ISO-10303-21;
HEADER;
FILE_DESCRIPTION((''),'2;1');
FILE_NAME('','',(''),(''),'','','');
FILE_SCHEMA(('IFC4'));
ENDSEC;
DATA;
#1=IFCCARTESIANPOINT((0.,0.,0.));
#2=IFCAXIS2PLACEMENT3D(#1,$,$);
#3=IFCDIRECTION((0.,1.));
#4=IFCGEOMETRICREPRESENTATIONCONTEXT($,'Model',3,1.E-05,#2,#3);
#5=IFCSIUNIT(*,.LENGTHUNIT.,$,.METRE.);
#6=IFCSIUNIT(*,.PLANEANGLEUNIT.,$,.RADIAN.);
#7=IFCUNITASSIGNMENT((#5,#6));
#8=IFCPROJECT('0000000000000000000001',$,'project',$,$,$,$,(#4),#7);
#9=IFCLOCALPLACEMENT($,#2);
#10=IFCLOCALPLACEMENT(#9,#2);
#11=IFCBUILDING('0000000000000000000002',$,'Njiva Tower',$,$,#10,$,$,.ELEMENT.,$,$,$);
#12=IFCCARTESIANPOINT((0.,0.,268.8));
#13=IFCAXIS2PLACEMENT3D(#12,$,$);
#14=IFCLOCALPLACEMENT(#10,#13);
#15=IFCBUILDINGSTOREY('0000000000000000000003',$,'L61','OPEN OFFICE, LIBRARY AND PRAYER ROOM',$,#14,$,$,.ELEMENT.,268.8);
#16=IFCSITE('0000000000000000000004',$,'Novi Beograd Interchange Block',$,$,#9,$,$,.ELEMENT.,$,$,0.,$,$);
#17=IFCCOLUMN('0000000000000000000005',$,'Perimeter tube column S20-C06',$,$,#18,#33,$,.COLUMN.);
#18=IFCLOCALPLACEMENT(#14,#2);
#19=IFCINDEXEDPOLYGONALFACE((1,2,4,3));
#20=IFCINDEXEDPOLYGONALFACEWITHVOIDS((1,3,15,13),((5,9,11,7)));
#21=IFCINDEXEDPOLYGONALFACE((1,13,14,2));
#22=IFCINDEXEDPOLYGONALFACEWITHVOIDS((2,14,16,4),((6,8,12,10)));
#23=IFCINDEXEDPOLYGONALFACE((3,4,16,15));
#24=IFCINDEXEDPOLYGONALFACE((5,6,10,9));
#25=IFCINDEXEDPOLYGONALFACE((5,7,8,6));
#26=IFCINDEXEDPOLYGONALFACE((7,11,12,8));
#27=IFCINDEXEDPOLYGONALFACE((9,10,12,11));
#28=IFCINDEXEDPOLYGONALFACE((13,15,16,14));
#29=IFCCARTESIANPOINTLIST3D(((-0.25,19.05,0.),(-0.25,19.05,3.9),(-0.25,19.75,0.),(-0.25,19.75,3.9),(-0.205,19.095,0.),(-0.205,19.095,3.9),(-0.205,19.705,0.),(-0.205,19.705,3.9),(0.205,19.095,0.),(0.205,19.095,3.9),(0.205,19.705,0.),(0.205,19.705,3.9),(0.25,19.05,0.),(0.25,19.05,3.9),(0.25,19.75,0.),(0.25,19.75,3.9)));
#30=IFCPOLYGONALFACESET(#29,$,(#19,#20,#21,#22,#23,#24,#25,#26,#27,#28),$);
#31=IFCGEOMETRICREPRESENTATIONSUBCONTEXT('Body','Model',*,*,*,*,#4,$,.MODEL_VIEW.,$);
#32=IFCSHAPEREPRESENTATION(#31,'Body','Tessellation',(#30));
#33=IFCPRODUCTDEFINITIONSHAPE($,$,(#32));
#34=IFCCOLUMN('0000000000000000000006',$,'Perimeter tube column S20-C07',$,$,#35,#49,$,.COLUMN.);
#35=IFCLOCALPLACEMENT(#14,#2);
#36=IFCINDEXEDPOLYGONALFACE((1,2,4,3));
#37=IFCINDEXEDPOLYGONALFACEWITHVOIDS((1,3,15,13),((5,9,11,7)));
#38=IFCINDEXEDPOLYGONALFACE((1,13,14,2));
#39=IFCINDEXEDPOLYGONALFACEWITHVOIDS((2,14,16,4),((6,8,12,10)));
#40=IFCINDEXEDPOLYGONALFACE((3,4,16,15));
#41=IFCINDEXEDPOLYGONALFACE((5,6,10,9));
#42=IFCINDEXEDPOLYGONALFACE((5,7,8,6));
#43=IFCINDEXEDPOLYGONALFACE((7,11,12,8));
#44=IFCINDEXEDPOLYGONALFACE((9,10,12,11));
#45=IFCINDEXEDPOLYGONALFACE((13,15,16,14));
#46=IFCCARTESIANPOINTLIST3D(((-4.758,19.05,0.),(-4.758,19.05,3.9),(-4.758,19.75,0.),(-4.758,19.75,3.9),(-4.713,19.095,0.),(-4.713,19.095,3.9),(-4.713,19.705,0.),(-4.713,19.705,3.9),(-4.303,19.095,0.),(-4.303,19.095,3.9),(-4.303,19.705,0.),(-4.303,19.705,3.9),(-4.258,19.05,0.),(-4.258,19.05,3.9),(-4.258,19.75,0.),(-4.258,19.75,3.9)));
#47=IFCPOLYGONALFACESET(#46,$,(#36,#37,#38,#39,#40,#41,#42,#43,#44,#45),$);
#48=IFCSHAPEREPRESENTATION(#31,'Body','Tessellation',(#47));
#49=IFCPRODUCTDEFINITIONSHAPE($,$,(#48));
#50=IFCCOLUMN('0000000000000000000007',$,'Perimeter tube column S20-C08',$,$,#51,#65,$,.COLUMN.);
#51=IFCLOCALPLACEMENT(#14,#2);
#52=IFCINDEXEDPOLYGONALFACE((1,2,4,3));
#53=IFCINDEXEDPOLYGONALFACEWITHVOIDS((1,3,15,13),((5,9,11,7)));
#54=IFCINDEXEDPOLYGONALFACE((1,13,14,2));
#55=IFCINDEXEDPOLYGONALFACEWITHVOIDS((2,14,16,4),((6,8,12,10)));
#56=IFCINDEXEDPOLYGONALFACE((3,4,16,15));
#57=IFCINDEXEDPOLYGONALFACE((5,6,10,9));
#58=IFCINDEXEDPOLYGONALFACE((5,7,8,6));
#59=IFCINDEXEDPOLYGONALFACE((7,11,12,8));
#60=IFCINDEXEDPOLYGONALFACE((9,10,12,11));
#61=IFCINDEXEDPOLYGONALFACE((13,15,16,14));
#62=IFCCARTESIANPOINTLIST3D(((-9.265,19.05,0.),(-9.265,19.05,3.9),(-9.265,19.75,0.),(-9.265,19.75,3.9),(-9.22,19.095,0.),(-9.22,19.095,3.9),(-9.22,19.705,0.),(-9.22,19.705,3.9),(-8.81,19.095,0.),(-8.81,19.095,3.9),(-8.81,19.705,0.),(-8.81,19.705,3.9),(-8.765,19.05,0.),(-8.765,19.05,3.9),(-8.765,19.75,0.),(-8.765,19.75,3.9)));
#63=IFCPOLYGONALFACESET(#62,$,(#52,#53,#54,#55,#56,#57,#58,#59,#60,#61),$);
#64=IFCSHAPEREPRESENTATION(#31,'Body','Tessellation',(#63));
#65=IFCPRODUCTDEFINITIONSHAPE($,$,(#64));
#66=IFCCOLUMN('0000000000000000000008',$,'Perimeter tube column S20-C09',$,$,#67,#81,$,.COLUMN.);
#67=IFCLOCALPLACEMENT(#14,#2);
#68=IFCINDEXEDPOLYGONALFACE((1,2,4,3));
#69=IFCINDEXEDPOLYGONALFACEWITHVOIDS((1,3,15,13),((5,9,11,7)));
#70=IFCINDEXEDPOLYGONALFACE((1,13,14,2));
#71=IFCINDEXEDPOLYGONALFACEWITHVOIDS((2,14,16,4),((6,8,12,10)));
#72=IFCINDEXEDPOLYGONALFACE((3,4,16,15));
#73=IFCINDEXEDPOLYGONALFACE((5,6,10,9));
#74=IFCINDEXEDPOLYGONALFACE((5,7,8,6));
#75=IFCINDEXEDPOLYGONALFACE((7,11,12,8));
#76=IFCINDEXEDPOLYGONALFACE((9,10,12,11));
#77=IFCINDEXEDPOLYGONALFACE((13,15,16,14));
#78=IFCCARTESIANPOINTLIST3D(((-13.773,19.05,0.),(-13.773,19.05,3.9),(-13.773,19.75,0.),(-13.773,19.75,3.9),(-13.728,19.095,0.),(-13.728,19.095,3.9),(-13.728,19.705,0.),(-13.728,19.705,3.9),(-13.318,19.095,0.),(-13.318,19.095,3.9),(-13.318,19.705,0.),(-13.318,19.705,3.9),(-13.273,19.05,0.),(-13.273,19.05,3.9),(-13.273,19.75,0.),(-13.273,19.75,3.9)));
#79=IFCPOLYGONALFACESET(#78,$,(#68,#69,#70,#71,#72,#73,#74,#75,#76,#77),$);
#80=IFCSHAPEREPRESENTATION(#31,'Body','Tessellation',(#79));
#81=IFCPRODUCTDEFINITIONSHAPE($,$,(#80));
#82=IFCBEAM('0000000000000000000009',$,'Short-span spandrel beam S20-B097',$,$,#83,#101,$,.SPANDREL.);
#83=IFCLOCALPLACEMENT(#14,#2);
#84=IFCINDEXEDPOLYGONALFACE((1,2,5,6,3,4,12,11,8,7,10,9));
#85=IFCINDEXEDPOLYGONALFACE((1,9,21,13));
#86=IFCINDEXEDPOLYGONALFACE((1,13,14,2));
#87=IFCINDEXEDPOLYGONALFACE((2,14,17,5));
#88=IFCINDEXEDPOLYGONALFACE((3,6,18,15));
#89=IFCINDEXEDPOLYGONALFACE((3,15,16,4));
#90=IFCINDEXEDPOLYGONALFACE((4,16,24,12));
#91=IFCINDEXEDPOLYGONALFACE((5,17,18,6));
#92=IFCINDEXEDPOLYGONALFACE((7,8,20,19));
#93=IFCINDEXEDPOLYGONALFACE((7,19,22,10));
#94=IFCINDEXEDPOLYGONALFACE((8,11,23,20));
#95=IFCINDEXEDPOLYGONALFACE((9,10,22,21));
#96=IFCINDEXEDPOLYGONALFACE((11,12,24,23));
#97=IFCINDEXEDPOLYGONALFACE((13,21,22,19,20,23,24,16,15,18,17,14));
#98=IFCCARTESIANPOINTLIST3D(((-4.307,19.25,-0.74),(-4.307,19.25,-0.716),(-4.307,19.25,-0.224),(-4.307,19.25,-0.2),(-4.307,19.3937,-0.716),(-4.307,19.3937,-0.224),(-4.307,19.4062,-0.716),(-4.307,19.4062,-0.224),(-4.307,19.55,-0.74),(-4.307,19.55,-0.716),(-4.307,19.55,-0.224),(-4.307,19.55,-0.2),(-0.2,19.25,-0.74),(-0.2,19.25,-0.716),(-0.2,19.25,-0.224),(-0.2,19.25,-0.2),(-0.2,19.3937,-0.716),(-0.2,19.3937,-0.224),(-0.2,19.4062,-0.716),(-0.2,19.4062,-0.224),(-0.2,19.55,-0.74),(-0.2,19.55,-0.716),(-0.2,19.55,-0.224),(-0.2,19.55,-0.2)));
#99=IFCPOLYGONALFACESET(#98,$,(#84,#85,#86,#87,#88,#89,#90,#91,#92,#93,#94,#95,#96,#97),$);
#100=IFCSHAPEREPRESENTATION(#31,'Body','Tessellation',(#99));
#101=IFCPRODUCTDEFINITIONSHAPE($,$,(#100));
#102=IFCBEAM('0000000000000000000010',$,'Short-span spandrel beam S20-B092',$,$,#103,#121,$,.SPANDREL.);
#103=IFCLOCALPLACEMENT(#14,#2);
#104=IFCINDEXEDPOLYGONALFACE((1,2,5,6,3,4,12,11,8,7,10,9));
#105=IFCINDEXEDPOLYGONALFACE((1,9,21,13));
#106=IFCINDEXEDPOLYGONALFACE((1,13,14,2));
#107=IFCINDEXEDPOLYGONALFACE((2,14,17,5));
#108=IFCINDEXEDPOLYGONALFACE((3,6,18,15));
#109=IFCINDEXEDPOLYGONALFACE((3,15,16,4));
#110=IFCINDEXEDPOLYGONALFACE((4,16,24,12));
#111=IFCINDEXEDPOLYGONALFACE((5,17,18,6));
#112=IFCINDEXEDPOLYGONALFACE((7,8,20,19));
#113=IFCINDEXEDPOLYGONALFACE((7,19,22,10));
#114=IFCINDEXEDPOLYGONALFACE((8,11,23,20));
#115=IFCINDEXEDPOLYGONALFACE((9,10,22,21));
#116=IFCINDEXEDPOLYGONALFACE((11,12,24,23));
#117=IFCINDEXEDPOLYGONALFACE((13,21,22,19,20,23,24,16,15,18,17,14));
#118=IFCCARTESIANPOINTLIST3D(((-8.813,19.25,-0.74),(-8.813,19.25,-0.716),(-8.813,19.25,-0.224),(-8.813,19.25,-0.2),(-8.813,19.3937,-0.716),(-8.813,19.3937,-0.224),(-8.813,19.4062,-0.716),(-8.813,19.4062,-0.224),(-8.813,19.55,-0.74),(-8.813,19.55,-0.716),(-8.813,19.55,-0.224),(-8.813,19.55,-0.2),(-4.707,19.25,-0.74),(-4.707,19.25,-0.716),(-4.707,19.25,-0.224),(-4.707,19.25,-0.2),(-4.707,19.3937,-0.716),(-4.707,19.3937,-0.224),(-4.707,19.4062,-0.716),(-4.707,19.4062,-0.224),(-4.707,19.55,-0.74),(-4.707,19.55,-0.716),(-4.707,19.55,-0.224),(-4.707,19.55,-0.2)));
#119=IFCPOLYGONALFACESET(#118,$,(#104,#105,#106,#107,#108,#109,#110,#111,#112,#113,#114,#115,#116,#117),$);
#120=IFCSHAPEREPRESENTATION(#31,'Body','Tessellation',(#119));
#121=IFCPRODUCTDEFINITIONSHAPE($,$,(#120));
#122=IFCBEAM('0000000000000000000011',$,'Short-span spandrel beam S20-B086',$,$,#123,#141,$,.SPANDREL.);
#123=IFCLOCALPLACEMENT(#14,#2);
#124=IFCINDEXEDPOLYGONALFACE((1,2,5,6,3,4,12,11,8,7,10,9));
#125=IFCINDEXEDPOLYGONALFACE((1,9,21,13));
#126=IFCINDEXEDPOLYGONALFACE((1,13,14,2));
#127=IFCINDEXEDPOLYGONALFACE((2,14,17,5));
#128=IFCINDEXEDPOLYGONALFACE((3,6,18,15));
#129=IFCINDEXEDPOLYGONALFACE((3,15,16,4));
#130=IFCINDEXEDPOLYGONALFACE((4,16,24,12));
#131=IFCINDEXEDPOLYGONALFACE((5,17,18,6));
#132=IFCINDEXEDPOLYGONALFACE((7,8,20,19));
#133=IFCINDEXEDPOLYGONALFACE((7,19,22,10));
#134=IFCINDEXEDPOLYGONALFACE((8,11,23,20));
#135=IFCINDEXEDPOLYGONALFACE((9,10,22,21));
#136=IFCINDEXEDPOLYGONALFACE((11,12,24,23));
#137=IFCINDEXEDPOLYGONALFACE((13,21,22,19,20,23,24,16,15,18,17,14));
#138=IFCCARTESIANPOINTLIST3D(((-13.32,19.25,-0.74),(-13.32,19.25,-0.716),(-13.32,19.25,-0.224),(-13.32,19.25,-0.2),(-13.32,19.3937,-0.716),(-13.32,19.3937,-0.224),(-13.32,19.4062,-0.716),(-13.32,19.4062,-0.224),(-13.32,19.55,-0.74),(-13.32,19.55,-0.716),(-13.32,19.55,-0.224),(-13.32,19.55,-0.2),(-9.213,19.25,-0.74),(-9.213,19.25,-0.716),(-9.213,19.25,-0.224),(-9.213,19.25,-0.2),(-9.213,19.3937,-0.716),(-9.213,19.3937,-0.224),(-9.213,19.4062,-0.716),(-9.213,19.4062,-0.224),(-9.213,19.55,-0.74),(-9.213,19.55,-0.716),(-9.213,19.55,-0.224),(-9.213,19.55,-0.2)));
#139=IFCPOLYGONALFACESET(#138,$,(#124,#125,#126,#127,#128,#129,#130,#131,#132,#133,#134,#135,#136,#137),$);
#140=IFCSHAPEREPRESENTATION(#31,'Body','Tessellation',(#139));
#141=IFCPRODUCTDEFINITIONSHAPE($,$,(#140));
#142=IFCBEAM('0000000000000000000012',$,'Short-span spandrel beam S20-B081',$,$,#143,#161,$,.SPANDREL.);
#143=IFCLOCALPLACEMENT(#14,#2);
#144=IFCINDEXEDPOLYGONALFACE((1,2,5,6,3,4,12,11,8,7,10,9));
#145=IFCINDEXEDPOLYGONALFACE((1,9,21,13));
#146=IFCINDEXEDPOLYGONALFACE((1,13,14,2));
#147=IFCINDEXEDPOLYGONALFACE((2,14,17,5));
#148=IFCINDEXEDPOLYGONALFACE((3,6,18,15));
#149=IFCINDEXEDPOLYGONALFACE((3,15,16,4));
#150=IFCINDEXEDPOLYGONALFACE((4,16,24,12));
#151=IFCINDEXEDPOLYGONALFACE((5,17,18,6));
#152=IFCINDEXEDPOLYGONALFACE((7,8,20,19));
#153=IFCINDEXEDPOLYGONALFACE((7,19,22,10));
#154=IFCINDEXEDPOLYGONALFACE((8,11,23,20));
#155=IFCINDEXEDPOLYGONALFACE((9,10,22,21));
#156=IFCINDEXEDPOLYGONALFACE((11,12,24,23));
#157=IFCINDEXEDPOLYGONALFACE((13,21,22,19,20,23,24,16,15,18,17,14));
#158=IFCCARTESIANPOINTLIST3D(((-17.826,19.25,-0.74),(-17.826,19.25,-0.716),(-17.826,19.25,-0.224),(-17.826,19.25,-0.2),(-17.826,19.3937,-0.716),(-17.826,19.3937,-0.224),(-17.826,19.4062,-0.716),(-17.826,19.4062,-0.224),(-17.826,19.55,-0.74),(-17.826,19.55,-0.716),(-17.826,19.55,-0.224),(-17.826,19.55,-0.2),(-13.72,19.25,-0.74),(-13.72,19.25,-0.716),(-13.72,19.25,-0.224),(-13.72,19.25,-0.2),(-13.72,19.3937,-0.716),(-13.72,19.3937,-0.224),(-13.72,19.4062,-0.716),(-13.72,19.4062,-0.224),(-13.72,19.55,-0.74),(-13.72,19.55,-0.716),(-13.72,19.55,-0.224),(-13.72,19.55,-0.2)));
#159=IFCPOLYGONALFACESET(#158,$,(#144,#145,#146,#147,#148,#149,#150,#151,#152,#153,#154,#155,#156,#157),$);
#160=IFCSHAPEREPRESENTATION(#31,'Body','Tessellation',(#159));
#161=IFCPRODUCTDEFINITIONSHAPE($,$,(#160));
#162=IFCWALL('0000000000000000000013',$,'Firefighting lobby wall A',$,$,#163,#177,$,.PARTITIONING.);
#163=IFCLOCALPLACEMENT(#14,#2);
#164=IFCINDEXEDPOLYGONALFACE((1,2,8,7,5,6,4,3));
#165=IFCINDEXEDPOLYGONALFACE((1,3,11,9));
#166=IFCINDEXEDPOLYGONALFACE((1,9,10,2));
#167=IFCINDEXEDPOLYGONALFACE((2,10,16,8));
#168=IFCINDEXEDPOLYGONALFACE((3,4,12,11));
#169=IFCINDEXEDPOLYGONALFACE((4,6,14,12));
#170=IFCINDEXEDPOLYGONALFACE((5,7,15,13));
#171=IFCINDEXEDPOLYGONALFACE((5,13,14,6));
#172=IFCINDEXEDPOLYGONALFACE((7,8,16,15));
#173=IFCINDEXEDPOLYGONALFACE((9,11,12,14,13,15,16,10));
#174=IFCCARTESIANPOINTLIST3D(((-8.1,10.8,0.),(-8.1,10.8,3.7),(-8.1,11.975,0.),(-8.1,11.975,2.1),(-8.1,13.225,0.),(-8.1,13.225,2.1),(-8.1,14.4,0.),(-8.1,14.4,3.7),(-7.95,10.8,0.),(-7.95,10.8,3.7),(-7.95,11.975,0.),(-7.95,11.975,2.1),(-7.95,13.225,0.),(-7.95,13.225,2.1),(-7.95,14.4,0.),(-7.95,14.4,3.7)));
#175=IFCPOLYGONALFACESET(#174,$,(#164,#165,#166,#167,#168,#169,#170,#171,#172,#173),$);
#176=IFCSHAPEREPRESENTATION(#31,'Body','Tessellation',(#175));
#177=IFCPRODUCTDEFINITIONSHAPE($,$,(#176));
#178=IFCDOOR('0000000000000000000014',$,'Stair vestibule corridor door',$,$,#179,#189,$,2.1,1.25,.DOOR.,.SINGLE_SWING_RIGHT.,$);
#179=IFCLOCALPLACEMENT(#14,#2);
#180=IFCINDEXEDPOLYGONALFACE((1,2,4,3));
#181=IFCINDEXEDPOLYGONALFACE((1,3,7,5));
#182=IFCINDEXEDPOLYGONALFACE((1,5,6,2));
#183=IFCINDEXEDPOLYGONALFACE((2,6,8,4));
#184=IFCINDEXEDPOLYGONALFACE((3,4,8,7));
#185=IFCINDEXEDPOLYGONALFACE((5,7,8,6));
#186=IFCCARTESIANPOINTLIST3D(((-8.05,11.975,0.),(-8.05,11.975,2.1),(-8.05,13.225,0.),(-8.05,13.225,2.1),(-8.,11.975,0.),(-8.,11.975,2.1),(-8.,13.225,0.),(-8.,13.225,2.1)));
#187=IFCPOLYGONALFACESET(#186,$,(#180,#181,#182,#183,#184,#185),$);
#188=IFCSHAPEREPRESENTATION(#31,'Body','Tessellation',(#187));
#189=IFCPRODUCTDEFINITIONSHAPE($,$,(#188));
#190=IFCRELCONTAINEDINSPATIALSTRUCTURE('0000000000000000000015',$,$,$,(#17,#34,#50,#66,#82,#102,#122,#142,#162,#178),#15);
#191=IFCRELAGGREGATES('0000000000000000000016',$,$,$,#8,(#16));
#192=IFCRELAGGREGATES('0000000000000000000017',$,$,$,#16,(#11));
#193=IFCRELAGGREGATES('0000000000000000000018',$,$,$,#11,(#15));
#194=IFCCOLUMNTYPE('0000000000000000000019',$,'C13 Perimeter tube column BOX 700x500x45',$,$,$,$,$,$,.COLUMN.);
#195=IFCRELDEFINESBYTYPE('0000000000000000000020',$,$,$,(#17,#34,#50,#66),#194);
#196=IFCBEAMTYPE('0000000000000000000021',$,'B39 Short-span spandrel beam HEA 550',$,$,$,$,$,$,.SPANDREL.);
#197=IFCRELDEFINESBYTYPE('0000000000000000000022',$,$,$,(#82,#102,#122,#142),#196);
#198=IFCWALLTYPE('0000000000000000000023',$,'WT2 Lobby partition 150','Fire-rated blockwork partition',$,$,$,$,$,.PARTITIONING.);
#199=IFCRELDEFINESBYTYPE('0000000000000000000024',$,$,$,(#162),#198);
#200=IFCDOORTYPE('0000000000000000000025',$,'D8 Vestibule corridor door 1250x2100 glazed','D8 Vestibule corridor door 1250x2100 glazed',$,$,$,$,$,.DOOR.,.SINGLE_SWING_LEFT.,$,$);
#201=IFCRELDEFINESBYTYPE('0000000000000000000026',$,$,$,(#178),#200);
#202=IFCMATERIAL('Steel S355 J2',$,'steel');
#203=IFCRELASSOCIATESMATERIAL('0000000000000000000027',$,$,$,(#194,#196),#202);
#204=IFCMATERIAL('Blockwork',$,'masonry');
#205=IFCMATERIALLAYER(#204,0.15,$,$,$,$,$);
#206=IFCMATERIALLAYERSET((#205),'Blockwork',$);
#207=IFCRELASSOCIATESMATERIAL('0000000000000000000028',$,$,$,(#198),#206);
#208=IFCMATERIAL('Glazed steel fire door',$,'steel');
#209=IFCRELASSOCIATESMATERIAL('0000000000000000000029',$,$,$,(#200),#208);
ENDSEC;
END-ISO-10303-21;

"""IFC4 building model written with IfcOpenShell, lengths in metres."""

from ifc_helpers import new_model, si_unit, direction, frame, frame_2d, origin, origin_2d, place, context, subcontext, project, spatial, rectangle, hollow_rectangle, i_section, extrude, material, layer, layer_set, material_profile, profile_set, type_object, element, fill, save


model = new_model("IFC4")

# Units and contexts
model_context = context("Model", 3, precision=1e-05, world=origin(), true_north=direction((0.0, 1.0)))
body_context = subcontext(model_context, "Body", "Model", "MODEL_VIEW")
ifc_project = project(units=[si_unit("LENGTHUNIT", "METRE"), si_unit("PLANEANGLEUNIT", "RADIAN")], contexts=[model_context])

# Site, building, storey
site_placement = place(None, origin())
site = spatial("IfcSite", under=ifc_project, at=site_placement, Name="Novi Beograd Interchange Block", CompositionType="ELEMENT", RefElevation=0.0)
building_placement = place(site_placement, origin())
building = spatial("IfcBuilding", under=site, at=building_placement, Name="Njiva Tower", CompositionType="ELEMENT")
storey_placement = place(building_placement, frame((0.0, 0.0, 268.8)))
storey = spatial("IfcBuildingStorey", under=building, at=storey_placement, Name="L61", Description="OPEN OFFICE, LIBRARY AND PRAYER ROOM", CompositionType="ELEMENT", Elevation=268.8)

# Columns
ifc_material_1 = material(Name="Steel S355 J2", Category="steel")
ifc_material_profile_1 = material_profile(ifc_material_1, hollow_rectangle(XDim=0.5, YDim=0.7, WallThickness=0.045, at=origin_2d()), Name="BOX 700x500x45")
ifc_profile_set_1 = profile_set([ifc_material_profile_1], Name="Steel S355 J2")
column_type = type_object("IfcColumnType", Name="C13 Perimeter tube column BOX 700x500x45", PredefinedType="COLUMN", material=ifc_profile_set_1)
for number, where, z_axis, x_axis, name in (
    (1, (0.0, 19.4, 0.0), (0.0, 0.0, 1.0), (-1.0, 0.0, 0.0), "Perimeter tube column S20-C06"),
    (2, (-4.508, 19.4, 0.0), (0.0, 0.0, 1.0), (-1.0, 0.0, 0.0), "Perimeter tube column S20-C07"),
    (3, (-9.015, 19.4, 0.0), (0.0, 0.0, 1.0), (-1.0, 0.0, 0.0), "Perimeter tube column S20-C08"),
    (4, (-13.523, 19.4, 0.0), (0.0, 0.0, 1.0), (-1.0, 0.0, 0.0), "Perimeter tube column S20-C09"),
):
    element("IfcColumn", number, at=place(storey_placement, frame(where, z_axis=z_axis, x_axis=x_axis)), inside=storey, type_object=column_type, Name=name, PredefinedType="COLUMN", context=body_context, shape_type="SweptSolid", body=[
        extrude(hollow_rectangle(XDim=0.5, YDim=0.7, WallThickness=0.045, at=origin_2d()), origin(), (0.0, 0.0, 1.0), 3.9),
    ])

# Beams
ifc_material_profile_2 = material_profile(ifc_material_1, i_section(OverallWidth=0.3, OverallDepth=0.54, WebThickness=0.0125, FlangeThickness=0.024, at=origin_2d()), Name="HEA 550")
ifc_profile_set_2 = profile_set([ifc_material_profile_2], Name="Steel S355 J2")
beam_type = type_object("IfcBeamType", Name="B39 Short-span spandrel beam HEA 550", PredefinedType="SPANDREL", material=ifc_profile_set_2)
beam_1_placement = place(storey_placement, frame((-0.2, 19.4, -0.47), z_axis=(-1.0, 0.0, 0.0), x_axis=(0.0, -1.0, 0.0)))
element("IfcBeam", 5, at=beam_1_placement, inside=storey, type_object=beam_type, Name="Short-span spandrel beam S20-B097", PredefinedType="SPANDREL", context=body_context, shape_type="SweptSolid", body=[
    extrude(i_section(OverallWidth=0.3, OverallDepth=0.54, WebThickness=0.0125, FlangeThickness=0.024, at=origin_2d()), origin(), (0.0, 0.0, 1.0), 4.107),
])
beam_2_placement = place(storey_placement, frame((-4.707, 19.4, -0.47), z_axis=(-1.0, 0.0, 0.0), x_axis=(0.0, -1.0, 0.0)))
element("IfcBeam", 6, at=beam_2_placement, inside=storey, type_object=beam_type, Name="Short-span spandrel beam S20-B092", PredefinedType="SPANDREL", context=body_context, shape_type="SweptSolid", body=[
    extrude(i_section(OverallWidth=0.3, OverallDepth=0.54, WebThickness=0.0125, FlangeThickness=0.024, at=origin_2d()), origin(), (0.0, 0.0, 1.0), 4.106),
])
beam_3_placement = place(storey_placement, frame((-9.213, 19.4, -0.47), z_axis=(-1.0, 0.0, 0.0), x_axis=(0.0, -1.0, 0.0)))
element("IfcBeam", 7, at=beam_3_placement, inside=storey, type_object=beam_type, Name="Short-span spandrel beam S20-B086", PredefinedType="SPANDREL", context=body_context, shape_type="SweptSolid", body=[
    extrude(i_section(OverallWidth=0.3, OverallDepth=0.54, WebThickness=0.0125, FlangeThickness=0.024, at=origin_2d()), origin(), (0.0, 0.0, 1.0), 4.107),
])
beam_4_placement = place(storey_placement, frame((-13.72, 19.4, -0.47), z_axis=(-1.0, 0.0, 0.0), x_axis=(0.0, -1.0, 0.0)))
element("IfcBeam", 8, at=beam_4_placement, inside=storey, type_object=beam_type, Name="Short-span spandrel beam S20-B081", PredefinedType="SPANDREL", context=body_context, shape_type="SweptSolid", body=[
    extrude(i_section(OverallWidth=0.3, OverallDepth=0.54, WebThickness=0.0125, FlangeThickness=0.024, at=origin_2d()), origin(), (0.0, 0.0, 1.0), 4.106),
])

# Wall, opening, door
ifc_material_2 = material(Name="Blockwork", Category="masonry")
ifc_layer_1 = layer(ifc_material_2, 0.15)
ifc_layer_set_1 = layer_set([ifc_layer_1], Name="Blockwork")
wall_type_1 = type_object("IfcWallType", Name="WT2 Lobby partition 150", Description="Fire-rated blockwork partition", PredefinedType="PARTITIONING", material=ifc_layer_set_1)
wall_1_placement = place(storey_placement, frame((-8.025, 10.8, 0.0), z_axis=(0.0, 0.0, 1.0), x_axis=(0.0, 1.0, 0.0)))
wall_1 = element("IfcWall", 9, at=wall_1_placement, inside=storey, type_object=wall_type_1, Name="Firefighting lobby wall A", PredefinedType="PARTITIONING", context=body_context, shape_type="SweptSolid", body=[
    extrude(rectangle(XDim=3.6, YDim=0.15, at=frame_2d((1.8, 0.0))), origin(), (0.0, 0.0, 1.0), 3.7),
])
opening_1_placement = place(wall_1_placement, frame((1.175, 0.0, 0.0)))
opening_1 = element("IfcOpeningElement", 10, at=opening_1_placement, cuts=wall_1, PredefinedType="OPENING", context=body_context, shape_type="SweptSolid", body=[
    extrude(rectangle(XDim=1.25, YDim=2.1, at=frame_2d((0.625, 1.05))), frame((0.0, 0.085, 0.0), z_axis=(0.0, -1.0, 0.0), x_axis=(1.0, 0.0, 0.0)), (0.0, 0.0, 1.0), 0.17),
])
ifc_material_3 = material(Name="Glazed steel fire door", Category="steel")
door_type_1 = type_object("IfcDoorType", Name="D8 Vestibule corridor door 1250x2100 glazed", Description="D8 Vestibule corridor door 1250x2100 glazed", OperationType="SINGLE_SWING_LEFT", PredefinedType="DOOR", material=ifc_material_3)
door_1_placement = place(opening_1_placement, origin())
door_1 = element("IfcDoor", 11, at=door_1_placement, inside=storey, type_object=door_type_1, Name="Stair vestibule corridor door", OperationType="SINGLE_SWING_RIGHT", OverallHeight=2.1, OverallWidth=1.25, PredefinedType="DOOR", context=body_context, shape_type="SweptSolid", body=[
    extrude(rectangle(XDim=1.25, YDim=2.1, at=frame_2d((0.625, 1.05))), frame((0.0, 0.025, 0.0), z_axis=(0.0, -1.0, 0.0), x_axis=(1.0, 0.0, 0.0)), (0.0, 0.0, 1.0), 0.05),
])
fill(opening_1, door_1)

save(model, "model.ifc")
